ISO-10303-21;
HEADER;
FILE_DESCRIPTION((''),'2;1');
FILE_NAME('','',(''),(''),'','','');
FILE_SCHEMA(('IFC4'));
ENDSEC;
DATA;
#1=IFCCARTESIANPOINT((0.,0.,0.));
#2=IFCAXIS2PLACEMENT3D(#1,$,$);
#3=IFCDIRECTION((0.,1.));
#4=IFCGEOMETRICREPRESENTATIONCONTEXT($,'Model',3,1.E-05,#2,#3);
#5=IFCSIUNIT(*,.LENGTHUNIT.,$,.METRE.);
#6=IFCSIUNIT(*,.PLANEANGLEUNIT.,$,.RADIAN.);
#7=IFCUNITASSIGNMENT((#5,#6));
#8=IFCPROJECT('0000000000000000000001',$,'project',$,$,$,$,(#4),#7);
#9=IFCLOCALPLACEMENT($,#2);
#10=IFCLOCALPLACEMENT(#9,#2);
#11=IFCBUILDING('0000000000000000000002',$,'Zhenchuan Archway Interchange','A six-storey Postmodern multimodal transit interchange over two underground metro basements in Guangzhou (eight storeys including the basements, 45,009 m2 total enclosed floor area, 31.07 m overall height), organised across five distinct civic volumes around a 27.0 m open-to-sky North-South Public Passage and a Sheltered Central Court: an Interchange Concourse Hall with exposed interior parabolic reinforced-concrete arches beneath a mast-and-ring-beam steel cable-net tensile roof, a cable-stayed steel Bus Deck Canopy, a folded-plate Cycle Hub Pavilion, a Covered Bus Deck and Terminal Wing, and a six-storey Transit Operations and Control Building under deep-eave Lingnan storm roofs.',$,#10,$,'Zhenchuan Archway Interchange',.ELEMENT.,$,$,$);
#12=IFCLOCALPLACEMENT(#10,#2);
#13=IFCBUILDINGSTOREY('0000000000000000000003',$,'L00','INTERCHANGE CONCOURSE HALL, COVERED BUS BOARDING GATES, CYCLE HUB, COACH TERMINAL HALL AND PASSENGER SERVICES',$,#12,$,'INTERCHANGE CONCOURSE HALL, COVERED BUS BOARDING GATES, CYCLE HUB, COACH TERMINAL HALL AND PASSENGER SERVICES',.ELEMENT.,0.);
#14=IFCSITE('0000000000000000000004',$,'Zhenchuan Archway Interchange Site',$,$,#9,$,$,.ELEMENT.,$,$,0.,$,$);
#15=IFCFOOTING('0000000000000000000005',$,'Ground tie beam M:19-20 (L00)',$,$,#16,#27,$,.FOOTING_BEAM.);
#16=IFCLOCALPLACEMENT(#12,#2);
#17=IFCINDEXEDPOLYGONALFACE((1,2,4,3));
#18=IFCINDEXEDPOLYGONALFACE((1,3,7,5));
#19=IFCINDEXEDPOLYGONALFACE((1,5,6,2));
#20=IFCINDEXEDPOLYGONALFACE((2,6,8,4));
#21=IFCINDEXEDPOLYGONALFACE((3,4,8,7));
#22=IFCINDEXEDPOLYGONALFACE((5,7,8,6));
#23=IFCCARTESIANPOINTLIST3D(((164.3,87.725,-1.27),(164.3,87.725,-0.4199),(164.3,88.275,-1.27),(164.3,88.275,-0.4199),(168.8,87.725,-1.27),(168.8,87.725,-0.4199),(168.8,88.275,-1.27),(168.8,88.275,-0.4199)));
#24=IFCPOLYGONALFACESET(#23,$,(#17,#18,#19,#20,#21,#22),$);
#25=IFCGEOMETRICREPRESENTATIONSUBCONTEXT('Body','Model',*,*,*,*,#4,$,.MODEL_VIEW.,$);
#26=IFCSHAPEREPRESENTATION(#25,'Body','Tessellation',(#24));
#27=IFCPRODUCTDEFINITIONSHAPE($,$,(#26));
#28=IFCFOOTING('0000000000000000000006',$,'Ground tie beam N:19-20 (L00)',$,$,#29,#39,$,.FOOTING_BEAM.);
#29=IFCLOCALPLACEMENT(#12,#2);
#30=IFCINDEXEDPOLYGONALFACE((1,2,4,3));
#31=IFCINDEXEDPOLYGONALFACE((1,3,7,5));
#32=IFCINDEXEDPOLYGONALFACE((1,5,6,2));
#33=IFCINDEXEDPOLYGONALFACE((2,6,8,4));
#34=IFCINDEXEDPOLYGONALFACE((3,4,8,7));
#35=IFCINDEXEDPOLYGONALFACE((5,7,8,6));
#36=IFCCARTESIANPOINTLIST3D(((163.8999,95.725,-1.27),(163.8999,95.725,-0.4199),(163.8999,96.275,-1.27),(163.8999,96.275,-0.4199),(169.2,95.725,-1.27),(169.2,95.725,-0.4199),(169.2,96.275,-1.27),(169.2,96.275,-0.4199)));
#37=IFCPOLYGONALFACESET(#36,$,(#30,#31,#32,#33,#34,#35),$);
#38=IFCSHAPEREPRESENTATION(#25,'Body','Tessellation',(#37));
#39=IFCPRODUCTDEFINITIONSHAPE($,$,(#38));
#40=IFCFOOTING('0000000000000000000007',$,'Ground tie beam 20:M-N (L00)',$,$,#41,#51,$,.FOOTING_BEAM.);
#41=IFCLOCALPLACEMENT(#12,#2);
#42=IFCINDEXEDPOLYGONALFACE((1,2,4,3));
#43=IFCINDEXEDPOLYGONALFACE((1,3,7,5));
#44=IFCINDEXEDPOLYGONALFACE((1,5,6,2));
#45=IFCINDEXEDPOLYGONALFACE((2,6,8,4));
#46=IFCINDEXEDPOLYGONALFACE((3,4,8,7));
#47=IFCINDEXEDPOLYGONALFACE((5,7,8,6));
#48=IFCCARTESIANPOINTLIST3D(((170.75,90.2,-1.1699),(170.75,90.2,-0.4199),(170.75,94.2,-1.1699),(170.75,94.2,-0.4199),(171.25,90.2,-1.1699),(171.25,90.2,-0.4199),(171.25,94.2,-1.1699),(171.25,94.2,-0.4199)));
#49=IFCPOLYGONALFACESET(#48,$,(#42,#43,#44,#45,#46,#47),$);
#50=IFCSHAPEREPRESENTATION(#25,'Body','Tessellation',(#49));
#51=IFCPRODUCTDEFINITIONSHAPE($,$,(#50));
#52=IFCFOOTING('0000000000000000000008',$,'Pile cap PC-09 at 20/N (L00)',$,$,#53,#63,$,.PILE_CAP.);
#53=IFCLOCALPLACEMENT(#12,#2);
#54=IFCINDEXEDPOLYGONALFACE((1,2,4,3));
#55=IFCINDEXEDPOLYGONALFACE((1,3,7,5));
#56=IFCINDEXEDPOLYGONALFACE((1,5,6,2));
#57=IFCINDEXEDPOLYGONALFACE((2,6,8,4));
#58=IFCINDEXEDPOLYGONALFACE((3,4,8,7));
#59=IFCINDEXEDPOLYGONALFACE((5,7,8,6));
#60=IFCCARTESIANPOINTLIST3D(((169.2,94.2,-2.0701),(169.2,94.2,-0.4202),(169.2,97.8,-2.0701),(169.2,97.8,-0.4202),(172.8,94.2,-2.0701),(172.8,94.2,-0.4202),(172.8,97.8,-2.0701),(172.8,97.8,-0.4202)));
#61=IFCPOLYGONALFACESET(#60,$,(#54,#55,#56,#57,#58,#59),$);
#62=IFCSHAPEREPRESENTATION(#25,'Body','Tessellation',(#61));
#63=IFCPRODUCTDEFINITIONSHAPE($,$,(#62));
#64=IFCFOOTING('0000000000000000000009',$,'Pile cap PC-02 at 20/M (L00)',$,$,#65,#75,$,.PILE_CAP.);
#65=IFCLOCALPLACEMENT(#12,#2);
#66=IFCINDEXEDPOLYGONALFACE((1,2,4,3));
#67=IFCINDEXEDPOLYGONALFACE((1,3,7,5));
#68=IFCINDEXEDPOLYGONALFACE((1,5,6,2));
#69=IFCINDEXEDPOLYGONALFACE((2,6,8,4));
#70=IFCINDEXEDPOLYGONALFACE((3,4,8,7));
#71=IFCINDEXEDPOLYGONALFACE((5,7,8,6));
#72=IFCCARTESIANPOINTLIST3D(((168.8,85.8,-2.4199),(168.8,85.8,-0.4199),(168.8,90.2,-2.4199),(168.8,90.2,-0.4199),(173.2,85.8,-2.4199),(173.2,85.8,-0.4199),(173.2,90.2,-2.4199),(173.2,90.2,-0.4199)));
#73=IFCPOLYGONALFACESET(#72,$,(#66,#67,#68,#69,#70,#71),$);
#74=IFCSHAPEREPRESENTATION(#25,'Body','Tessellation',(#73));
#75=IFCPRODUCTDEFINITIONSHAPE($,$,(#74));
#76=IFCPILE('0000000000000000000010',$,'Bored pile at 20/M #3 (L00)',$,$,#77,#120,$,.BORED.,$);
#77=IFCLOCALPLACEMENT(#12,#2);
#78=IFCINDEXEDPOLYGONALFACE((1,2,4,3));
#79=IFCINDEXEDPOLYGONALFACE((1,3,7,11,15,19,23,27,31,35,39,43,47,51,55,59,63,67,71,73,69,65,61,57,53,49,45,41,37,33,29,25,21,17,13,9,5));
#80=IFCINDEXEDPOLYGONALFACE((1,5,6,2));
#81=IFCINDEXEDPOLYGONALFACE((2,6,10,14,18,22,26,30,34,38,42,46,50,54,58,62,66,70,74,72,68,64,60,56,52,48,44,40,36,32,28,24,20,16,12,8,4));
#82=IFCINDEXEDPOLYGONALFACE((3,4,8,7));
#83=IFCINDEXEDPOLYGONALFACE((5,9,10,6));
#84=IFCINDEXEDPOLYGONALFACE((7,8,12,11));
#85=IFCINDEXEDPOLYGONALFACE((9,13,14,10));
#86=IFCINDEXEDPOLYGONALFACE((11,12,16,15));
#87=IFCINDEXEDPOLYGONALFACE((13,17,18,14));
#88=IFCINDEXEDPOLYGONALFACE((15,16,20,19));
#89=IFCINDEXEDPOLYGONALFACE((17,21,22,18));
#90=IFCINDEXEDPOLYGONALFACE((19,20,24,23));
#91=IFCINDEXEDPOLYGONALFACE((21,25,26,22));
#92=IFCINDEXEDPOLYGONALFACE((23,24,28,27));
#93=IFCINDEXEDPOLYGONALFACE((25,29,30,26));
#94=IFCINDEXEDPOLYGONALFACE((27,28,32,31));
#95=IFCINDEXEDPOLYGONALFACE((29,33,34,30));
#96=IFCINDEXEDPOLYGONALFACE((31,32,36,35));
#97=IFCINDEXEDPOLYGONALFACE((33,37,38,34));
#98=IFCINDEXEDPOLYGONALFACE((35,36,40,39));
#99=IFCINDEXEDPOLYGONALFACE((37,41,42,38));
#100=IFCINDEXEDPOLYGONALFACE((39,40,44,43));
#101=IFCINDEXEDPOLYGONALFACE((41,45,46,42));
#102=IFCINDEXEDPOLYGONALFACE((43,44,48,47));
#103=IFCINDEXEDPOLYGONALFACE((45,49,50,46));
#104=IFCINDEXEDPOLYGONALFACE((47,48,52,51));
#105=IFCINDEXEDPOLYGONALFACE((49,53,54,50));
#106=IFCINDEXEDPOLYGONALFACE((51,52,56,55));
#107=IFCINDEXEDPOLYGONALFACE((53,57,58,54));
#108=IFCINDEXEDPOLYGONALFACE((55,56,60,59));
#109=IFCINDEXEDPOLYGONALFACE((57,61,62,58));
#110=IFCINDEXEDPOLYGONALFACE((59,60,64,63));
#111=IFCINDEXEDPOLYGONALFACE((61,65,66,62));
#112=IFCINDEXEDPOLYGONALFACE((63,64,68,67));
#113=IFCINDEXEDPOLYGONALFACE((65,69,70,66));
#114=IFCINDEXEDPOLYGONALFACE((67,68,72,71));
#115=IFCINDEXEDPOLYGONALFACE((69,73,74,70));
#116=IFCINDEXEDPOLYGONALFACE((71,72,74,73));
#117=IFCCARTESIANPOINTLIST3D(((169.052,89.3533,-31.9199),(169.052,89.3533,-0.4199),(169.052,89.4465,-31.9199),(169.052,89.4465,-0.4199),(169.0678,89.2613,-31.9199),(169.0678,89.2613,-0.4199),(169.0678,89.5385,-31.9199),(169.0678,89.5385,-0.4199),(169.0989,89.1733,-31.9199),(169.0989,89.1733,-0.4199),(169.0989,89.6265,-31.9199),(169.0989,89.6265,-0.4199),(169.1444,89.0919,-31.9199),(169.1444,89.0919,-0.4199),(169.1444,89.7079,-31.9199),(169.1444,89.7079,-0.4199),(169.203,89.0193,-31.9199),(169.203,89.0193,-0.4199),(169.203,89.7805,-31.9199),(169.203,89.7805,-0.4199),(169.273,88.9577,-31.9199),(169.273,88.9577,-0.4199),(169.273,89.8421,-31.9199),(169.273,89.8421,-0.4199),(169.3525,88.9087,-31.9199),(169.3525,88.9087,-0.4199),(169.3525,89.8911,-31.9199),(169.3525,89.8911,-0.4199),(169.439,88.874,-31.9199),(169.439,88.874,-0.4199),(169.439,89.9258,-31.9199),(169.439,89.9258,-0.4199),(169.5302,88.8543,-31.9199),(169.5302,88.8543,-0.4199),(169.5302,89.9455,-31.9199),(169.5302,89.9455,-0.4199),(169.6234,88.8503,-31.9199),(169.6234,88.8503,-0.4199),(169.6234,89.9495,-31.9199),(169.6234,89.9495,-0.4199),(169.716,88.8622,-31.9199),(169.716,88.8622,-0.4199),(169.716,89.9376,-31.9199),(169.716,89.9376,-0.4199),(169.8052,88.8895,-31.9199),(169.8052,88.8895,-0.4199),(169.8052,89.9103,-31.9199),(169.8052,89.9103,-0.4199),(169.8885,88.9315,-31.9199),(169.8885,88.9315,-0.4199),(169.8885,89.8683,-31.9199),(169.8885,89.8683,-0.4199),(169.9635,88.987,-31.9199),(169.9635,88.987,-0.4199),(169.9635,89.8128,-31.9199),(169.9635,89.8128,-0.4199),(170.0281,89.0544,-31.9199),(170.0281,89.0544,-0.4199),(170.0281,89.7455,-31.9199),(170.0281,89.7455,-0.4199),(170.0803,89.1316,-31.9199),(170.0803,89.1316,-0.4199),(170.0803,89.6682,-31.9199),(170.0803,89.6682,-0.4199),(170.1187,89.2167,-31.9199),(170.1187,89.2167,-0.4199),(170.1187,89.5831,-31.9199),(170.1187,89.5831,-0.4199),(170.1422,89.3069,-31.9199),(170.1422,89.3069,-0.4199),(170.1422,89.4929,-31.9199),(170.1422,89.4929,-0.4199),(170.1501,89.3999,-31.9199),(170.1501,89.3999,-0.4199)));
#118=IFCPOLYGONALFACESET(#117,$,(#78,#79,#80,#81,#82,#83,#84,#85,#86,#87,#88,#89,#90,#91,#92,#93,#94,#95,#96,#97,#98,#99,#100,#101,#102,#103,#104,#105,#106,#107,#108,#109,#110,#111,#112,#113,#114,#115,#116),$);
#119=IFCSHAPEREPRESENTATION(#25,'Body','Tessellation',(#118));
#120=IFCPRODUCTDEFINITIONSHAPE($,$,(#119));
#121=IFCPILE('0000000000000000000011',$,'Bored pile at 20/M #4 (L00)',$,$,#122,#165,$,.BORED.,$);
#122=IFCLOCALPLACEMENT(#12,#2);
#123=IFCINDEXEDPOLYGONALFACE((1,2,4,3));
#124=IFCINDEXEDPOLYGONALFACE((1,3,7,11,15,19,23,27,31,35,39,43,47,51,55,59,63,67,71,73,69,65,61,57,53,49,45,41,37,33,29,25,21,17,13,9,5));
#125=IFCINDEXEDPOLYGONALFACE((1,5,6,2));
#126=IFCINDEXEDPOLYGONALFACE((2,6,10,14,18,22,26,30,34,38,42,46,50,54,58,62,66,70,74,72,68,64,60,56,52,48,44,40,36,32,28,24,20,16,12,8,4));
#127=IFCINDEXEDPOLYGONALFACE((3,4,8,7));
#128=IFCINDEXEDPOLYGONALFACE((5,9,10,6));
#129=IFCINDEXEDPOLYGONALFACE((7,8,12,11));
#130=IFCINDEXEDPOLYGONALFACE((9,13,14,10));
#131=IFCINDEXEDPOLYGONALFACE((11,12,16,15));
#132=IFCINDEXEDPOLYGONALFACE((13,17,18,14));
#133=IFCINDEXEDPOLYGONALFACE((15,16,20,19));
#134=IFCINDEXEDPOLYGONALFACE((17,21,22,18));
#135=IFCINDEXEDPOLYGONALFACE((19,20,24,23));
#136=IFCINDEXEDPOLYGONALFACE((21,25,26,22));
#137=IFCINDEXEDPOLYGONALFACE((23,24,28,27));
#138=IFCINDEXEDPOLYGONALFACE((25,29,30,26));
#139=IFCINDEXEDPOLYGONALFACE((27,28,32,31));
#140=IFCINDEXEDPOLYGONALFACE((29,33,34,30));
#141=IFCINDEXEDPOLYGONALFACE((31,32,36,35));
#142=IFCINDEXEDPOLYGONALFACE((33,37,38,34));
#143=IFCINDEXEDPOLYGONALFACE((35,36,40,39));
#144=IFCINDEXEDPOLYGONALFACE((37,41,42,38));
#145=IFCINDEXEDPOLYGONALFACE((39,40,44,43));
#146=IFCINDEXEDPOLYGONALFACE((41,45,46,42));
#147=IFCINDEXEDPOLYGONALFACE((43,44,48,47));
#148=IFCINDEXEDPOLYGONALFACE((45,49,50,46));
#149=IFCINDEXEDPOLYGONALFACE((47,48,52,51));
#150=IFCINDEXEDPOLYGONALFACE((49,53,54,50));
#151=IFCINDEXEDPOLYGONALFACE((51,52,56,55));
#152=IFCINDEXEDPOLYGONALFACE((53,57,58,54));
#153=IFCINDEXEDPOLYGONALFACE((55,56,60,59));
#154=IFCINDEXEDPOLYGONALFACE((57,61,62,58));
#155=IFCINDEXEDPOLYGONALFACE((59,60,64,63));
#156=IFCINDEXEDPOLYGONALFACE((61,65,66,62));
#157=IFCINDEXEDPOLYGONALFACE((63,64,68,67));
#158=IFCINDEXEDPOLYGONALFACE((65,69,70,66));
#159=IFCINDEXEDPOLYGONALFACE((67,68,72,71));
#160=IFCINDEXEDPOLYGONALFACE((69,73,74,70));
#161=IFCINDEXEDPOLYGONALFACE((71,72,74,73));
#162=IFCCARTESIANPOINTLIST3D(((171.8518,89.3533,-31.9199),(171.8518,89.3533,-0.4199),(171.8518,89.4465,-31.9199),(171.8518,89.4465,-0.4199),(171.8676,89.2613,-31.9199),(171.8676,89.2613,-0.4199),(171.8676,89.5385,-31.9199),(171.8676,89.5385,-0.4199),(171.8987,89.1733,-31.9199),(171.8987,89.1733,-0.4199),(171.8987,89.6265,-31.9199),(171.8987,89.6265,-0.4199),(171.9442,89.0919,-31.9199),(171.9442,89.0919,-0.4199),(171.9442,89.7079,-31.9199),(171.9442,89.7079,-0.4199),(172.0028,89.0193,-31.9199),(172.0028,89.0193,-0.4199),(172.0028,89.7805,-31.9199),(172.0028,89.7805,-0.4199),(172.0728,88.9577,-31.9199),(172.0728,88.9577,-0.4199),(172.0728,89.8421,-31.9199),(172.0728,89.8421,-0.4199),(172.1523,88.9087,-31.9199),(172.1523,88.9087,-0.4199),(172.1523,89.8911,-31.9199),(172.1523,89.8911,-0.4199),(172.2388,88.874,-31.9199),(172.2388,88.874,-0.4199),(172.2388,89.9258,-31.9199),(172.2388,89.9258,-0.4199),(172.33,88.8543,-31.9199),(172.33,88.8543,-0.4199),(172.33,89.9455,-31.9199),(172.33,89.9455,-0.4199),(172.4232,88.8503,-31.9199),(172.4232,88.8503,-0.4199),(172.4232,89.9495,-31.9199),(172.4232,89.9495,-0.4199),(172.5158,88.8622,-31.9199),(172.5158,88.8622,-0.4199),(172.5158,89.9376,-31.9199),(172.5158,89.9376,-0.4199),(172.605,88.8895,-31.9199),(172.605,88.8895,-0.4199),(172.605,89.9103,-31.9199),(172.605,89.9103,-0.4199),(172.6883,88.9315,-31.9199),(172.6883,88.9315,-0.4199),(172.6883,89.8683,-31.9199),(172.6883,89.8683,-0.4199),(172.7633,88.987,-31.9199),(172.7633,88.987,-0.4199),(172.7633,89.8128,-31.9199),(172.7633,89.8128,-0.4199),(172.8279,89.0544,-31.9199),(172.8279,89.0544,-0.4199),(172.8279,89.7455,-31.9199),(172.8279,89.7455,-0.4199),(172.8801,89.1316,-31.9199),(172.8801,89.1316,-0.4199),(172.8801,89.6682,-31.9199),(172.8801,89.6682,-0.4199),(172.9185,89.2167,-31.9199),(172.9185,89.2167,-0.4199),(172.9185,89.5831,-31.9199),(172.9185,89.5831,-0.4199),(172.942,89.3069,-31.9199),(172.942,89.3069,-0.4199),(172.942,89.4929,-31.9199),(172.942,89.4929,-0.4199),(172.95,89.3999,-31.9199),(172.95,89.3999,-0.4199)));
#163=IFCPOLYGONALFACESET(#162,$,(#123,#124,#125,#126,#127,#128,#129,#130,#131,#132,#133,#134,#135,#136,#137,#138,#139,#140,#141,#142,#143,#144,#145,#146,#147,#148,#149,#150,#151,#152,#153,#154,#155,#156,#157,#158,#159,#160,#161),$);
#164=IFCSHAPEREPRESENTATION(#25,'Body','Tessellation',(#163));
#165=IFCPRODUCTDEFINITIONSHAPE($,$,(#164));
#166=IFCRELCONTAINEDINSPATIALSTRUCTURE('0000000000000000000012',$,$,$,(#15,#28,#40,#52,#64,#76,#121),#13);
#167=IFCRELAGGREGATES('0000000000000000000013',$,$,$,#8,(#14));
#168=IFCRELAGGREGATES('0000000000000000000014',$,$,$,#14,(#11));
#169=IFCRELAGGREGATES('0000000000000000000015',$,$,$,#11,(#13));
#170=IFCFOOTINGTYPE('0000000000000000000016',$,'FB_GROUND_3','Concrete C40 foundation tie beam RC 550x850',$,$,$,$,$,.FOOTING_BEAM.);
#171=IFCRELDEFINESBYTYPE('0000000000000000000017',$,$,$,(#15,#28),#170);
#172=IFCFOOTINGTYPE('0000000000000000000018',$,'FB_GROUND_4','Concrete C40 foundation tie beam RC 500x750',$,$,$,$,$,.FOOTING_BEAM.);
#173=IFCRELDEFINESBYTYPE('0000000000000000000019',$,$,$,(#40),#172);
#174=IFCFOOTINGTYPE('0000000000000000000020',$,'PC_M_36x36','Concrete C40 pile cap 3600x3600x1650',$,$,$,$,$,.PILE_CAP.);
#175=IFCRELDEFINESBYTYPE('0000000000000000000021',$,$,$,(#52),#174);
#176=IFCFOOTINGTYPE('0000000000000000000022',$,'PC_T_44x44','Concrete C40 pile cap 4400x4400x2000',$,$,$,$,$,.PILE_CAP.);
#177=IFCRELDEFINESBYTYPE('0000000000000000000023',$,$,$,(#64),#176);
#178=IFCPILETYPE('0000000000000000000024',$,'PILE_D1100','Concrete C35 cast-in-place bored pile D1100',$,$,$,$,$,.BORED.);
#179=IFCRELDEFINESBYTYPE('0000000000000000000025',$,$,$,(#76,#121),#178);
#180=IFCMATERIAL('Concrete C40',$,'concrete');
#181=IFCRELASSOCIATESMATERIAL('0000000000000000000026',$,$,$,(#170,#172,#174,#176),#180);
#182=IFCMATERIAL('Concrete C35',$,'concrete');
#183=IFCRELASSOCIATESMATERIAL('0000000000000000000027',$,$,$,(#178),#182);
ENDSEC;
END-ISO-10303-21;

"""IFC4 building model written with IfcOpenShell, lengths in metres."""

from ifc_helpers import new_model, si_unit, direction, frame, origin, origin_2d, place, context, subcontext, project, spatial, rectangle, circle, extrude, material, material_profile, profile_set, type_object, element, save


model = new_model("IFC4")

# Units and contexts
model_context = context("Model", 3, precision=1e-05, world=origin(), true_north=direction((0.0, 1.0)))
body_context = subcontext(model_context, "Body", "Model", "MODEL_VIEW")
ifc_project = project(units=[si_unit("LENGTHUNIT", "METRE"), si_unit("PLANEANGLEUNIT", "RADIAN")], contexts=[model_context])

# Site, building, storey
site_placement = place(None, origin())
site = spatial("IfcSite", under=ifc_project, at=site_placement, Name="Zhenchuan Archway Interchange Site", CompositionType="ELEMENT", RefElevation=0.0)
building_placement = place(site_placement, origin())
building = spatial("IfcBuilding", under=site, at=building_placement, Name="Zhenchuan Archway Interchange", Description="A six-storey Postmodern multimodal transit interchange over two underground metro basements in Guangzhou (eight storeys including the basements, 45,009 m2 total enclosed floor area, 31.07 m overall height), organised across five distinct civic volumes around a 27.0 m open-to-sky North-South Public Passage and a Sheltered Central Court: an Interchange Concourse Hall with exposed interior parabolic reinforced-concrete arches beneath a mast-and-ring-beam steel cable-net tensile roof, a cable-stayed steel Bus Deck Canopy, a folded-plate Cycle Hub Pavilion, a Covered Bus Deck and Terminal Wing, and a six-storey Transit Operations and Control Building under deep-eave Lingnan storm roofs.", LongName="Zhenchuan Archway Interchange", CompositionType="ELEMENT")
storey_placement = place(building_placement, origin())
storey = spatial("IfcBuildingStorey", under=building, at=storey_placement, Name="L00", Description="INTERCHANGE CONCOURSE HALL, COVERED BUS BOARDING GATES, CYCLE HUB, COACH TERMINAL HALL AND PASSENGER SERVICES", LongName="INTERCHANGE CONCOURSE HALL, COVERED BUS BOARDING GATES, CYCLE HUB, COACH TERMINAL HALL AND PASSENGER SERVICES", CompositionType="ELEMENT", Elevation=0.0)

# Footings
ifc_material_1 = material(Name="Concrete C40", Category="concrete")
ifc_material_profile_1 = material_profile(ifc_material_1, rectangle(XDim=0.55, YDim=0.8501, at=origin_2d()), Name="RC 550x850")
ifc_profile_set_1 = profile_set([ifc_material_profile_1], Name="Concrete C40")
footing_type_1 = type_object("IfcFootingType", Name="FB_GROUND_3", Description="Concrete C40 foundation tie beam RC 550x850", PredefinedType="FOOTING_BEAM", material=ifc_profile_set_1)
footing_1_placement = place(storey_placement, frame((164.3, 88.0, -0.845), z_axis=(1.0, 0.0, 0.0), x_axis=(0.0, 1.0, 0.0)))
element("IfcFooting", 1, at=footing_1_placement, inside=storey, type_object=footing_type_1, Name="Ground tie beam M:19-20 (L00)", PredefinedType="FOOTING_BEAM", context=body_context, shape_type="SweptSolid", body=[
    extrude(rectangle(XDim=0.55, YDim=0.8501, at=origin_2d()), origin(), (0.0, 0.0, 1.0), 4.5),
])
footing_2_placement = place(storey_placement, frame((163.8999, 96.0, -0.845), z_axis=(1.0, 0.0, 0.0), x_axis=(0.0, 1.0, 0.0)))
element("IfcFooting", 2, at=footing_2_placement, inside=storey, type_object=footing_type_1, Name="Ground tie beam N:19-20 (L00)", PredefinedType="FOOTING_BEAM", context=body_context, shape_type="SweptSolid", body=[
    extrude(rectangle(XDim=0.55, YDim=0.8501, at=origin_2d()), origin(), (0.0, 0.0, 1.0), 5.3),
])
ifc_material_profile_2 = material_profile(ifc_material_1, rectangle(XDim=0.5, YDim=0.75, at=origin_2d()), Name="RC 500x750")
ifc_profile_set_2 = profile_set([ifc_material_profile_2], Name="Concrete C40")
footing_type_2 = type_object("IfcFootingType", Name="FB_GROUND_4", Description="Concrete C40 foundation tie beam RC 500x750", PredefinedType="FOOTING_BEAM", material=ifc_profile_set_2)
footing_3_placement = place(storey_placement, frame((171.0, 90.2, -0.7949), z_axis=(0.0, 1.0, 0.0), x_axis=(-1.0, 0.0, 0.0)))
element("IfcFooting", 3, at=footing_3_placement, inside=storey, type_object=footing_type_2, Name="Ground tie beam 20:M-N (L00)", PredefinedType="FOOTING_BEAM", context=body_context, shape_type="SweptSolid", body=[
    extrude(rectangle(XDim=0.5, YDim=0.75, at=origin_2d()), origin(), (0.0, 0.0, 1.0), 4.0),
])
footing_type_3 = type_object("IfcFootingType", Name="PC_M_36x36", Description="Concrete C40 pile cap 3600x3600x1650", PredefinedType="PILE_CAP", material=ifc_material_1)
footing_4_placement = place(storey_placement, frame((171.0, 96.0, -2.0701), z_axis=(0.0, 0.0, 1.0), x_axis=(1.0, 0.0, 0.0)))
element("IfcFooting", 4, at=footing_4_placement, inside=storey, type_object=footing_type_3, Name="Pile cap PC-09 at 20/N (L00)", PredefinedType="PILE_CAP", context=body_context, shape_type="SweptSolid", body=[
    extrude(rectangle(XDim=3.6001, YDim=3.6001, at=origin_2d()), origin(), (0.0, 0.0, 1.0), 1.6499),
])
footing_type_4 = type_object("IfcFootingType", Name="PC_T_44x44", Description="Concrete C40 pile cap 4400x4400x2000", PredefinedType="PILE_CAP", material=ifc_material_1)
footing_5_placement = place(storey_placement, frame((171.0, 88.0, -2.4199), z_axis=(0.0, 0.0, 1.0), x_axis=(1.0, 0.0, 0.0)))
element("IfcFooting", 5, at=footing_5_placement, inside=storey, type_object=footing_type_4, Name="Pile cap PC-02 at 20/M (L00)", PredefinedType="PILE_CAP", context=body_context, shape_type="SweptSolid", body=[
    extrude(rectangle(XDim=4.3999, YDim=4.3999, at=origin_2d()), origin(), (0.0, 0.0, 1.0), 2.0),
])

# Piles
ifc_material_2 = material(Name="Concrete C35", Category="concrete")
ifc_material_profile_3 = material_profile(ifc_material_2, circle(Radius=0.55, at=origin_2d()), Name="BORED PILE 1100")
ifc_profile_set_3 = profile_set([ifc_material_profile_3], Name="Concrete C35")
pile_type_1 = type_object("IfcPileType", Name="PILE_D1100", Description="Concrete C35 cast-in-place bored pile D1100", PredefinedType="BORED", material=ifc_profile_set_3)
for number, where, z_axis, x_axis, name in (
    (6, (169.6001, 89.3999, -0.4199), (0.0, 0.0, -1.0), (1.0, 0.0, 0.0), "Bored pile at 20/M #3 (L00)"),
    (7, (172.3999, 89.3999, -0.4199), (0.0, 0.0, -1.0), (1.0, 0.0, 0.0), "Bored pile at 20/M #4 (L00)"),
):
    element("IfcPile", number, at=place(storey_placement, frame(where, z_axis=z_axis, x_axis=x_axis)), inside=storey, type_object=pile_type_1, Name=name, PredefinedType="BORED", context=body_context, shape_type="SweptSolid", body=[
        extrude(circle(Radius=0.55, at=origin_2d()), origin(), (0.0, 0.0, 1.0), 31.5),
    ])

save(model, "model.ifc")
